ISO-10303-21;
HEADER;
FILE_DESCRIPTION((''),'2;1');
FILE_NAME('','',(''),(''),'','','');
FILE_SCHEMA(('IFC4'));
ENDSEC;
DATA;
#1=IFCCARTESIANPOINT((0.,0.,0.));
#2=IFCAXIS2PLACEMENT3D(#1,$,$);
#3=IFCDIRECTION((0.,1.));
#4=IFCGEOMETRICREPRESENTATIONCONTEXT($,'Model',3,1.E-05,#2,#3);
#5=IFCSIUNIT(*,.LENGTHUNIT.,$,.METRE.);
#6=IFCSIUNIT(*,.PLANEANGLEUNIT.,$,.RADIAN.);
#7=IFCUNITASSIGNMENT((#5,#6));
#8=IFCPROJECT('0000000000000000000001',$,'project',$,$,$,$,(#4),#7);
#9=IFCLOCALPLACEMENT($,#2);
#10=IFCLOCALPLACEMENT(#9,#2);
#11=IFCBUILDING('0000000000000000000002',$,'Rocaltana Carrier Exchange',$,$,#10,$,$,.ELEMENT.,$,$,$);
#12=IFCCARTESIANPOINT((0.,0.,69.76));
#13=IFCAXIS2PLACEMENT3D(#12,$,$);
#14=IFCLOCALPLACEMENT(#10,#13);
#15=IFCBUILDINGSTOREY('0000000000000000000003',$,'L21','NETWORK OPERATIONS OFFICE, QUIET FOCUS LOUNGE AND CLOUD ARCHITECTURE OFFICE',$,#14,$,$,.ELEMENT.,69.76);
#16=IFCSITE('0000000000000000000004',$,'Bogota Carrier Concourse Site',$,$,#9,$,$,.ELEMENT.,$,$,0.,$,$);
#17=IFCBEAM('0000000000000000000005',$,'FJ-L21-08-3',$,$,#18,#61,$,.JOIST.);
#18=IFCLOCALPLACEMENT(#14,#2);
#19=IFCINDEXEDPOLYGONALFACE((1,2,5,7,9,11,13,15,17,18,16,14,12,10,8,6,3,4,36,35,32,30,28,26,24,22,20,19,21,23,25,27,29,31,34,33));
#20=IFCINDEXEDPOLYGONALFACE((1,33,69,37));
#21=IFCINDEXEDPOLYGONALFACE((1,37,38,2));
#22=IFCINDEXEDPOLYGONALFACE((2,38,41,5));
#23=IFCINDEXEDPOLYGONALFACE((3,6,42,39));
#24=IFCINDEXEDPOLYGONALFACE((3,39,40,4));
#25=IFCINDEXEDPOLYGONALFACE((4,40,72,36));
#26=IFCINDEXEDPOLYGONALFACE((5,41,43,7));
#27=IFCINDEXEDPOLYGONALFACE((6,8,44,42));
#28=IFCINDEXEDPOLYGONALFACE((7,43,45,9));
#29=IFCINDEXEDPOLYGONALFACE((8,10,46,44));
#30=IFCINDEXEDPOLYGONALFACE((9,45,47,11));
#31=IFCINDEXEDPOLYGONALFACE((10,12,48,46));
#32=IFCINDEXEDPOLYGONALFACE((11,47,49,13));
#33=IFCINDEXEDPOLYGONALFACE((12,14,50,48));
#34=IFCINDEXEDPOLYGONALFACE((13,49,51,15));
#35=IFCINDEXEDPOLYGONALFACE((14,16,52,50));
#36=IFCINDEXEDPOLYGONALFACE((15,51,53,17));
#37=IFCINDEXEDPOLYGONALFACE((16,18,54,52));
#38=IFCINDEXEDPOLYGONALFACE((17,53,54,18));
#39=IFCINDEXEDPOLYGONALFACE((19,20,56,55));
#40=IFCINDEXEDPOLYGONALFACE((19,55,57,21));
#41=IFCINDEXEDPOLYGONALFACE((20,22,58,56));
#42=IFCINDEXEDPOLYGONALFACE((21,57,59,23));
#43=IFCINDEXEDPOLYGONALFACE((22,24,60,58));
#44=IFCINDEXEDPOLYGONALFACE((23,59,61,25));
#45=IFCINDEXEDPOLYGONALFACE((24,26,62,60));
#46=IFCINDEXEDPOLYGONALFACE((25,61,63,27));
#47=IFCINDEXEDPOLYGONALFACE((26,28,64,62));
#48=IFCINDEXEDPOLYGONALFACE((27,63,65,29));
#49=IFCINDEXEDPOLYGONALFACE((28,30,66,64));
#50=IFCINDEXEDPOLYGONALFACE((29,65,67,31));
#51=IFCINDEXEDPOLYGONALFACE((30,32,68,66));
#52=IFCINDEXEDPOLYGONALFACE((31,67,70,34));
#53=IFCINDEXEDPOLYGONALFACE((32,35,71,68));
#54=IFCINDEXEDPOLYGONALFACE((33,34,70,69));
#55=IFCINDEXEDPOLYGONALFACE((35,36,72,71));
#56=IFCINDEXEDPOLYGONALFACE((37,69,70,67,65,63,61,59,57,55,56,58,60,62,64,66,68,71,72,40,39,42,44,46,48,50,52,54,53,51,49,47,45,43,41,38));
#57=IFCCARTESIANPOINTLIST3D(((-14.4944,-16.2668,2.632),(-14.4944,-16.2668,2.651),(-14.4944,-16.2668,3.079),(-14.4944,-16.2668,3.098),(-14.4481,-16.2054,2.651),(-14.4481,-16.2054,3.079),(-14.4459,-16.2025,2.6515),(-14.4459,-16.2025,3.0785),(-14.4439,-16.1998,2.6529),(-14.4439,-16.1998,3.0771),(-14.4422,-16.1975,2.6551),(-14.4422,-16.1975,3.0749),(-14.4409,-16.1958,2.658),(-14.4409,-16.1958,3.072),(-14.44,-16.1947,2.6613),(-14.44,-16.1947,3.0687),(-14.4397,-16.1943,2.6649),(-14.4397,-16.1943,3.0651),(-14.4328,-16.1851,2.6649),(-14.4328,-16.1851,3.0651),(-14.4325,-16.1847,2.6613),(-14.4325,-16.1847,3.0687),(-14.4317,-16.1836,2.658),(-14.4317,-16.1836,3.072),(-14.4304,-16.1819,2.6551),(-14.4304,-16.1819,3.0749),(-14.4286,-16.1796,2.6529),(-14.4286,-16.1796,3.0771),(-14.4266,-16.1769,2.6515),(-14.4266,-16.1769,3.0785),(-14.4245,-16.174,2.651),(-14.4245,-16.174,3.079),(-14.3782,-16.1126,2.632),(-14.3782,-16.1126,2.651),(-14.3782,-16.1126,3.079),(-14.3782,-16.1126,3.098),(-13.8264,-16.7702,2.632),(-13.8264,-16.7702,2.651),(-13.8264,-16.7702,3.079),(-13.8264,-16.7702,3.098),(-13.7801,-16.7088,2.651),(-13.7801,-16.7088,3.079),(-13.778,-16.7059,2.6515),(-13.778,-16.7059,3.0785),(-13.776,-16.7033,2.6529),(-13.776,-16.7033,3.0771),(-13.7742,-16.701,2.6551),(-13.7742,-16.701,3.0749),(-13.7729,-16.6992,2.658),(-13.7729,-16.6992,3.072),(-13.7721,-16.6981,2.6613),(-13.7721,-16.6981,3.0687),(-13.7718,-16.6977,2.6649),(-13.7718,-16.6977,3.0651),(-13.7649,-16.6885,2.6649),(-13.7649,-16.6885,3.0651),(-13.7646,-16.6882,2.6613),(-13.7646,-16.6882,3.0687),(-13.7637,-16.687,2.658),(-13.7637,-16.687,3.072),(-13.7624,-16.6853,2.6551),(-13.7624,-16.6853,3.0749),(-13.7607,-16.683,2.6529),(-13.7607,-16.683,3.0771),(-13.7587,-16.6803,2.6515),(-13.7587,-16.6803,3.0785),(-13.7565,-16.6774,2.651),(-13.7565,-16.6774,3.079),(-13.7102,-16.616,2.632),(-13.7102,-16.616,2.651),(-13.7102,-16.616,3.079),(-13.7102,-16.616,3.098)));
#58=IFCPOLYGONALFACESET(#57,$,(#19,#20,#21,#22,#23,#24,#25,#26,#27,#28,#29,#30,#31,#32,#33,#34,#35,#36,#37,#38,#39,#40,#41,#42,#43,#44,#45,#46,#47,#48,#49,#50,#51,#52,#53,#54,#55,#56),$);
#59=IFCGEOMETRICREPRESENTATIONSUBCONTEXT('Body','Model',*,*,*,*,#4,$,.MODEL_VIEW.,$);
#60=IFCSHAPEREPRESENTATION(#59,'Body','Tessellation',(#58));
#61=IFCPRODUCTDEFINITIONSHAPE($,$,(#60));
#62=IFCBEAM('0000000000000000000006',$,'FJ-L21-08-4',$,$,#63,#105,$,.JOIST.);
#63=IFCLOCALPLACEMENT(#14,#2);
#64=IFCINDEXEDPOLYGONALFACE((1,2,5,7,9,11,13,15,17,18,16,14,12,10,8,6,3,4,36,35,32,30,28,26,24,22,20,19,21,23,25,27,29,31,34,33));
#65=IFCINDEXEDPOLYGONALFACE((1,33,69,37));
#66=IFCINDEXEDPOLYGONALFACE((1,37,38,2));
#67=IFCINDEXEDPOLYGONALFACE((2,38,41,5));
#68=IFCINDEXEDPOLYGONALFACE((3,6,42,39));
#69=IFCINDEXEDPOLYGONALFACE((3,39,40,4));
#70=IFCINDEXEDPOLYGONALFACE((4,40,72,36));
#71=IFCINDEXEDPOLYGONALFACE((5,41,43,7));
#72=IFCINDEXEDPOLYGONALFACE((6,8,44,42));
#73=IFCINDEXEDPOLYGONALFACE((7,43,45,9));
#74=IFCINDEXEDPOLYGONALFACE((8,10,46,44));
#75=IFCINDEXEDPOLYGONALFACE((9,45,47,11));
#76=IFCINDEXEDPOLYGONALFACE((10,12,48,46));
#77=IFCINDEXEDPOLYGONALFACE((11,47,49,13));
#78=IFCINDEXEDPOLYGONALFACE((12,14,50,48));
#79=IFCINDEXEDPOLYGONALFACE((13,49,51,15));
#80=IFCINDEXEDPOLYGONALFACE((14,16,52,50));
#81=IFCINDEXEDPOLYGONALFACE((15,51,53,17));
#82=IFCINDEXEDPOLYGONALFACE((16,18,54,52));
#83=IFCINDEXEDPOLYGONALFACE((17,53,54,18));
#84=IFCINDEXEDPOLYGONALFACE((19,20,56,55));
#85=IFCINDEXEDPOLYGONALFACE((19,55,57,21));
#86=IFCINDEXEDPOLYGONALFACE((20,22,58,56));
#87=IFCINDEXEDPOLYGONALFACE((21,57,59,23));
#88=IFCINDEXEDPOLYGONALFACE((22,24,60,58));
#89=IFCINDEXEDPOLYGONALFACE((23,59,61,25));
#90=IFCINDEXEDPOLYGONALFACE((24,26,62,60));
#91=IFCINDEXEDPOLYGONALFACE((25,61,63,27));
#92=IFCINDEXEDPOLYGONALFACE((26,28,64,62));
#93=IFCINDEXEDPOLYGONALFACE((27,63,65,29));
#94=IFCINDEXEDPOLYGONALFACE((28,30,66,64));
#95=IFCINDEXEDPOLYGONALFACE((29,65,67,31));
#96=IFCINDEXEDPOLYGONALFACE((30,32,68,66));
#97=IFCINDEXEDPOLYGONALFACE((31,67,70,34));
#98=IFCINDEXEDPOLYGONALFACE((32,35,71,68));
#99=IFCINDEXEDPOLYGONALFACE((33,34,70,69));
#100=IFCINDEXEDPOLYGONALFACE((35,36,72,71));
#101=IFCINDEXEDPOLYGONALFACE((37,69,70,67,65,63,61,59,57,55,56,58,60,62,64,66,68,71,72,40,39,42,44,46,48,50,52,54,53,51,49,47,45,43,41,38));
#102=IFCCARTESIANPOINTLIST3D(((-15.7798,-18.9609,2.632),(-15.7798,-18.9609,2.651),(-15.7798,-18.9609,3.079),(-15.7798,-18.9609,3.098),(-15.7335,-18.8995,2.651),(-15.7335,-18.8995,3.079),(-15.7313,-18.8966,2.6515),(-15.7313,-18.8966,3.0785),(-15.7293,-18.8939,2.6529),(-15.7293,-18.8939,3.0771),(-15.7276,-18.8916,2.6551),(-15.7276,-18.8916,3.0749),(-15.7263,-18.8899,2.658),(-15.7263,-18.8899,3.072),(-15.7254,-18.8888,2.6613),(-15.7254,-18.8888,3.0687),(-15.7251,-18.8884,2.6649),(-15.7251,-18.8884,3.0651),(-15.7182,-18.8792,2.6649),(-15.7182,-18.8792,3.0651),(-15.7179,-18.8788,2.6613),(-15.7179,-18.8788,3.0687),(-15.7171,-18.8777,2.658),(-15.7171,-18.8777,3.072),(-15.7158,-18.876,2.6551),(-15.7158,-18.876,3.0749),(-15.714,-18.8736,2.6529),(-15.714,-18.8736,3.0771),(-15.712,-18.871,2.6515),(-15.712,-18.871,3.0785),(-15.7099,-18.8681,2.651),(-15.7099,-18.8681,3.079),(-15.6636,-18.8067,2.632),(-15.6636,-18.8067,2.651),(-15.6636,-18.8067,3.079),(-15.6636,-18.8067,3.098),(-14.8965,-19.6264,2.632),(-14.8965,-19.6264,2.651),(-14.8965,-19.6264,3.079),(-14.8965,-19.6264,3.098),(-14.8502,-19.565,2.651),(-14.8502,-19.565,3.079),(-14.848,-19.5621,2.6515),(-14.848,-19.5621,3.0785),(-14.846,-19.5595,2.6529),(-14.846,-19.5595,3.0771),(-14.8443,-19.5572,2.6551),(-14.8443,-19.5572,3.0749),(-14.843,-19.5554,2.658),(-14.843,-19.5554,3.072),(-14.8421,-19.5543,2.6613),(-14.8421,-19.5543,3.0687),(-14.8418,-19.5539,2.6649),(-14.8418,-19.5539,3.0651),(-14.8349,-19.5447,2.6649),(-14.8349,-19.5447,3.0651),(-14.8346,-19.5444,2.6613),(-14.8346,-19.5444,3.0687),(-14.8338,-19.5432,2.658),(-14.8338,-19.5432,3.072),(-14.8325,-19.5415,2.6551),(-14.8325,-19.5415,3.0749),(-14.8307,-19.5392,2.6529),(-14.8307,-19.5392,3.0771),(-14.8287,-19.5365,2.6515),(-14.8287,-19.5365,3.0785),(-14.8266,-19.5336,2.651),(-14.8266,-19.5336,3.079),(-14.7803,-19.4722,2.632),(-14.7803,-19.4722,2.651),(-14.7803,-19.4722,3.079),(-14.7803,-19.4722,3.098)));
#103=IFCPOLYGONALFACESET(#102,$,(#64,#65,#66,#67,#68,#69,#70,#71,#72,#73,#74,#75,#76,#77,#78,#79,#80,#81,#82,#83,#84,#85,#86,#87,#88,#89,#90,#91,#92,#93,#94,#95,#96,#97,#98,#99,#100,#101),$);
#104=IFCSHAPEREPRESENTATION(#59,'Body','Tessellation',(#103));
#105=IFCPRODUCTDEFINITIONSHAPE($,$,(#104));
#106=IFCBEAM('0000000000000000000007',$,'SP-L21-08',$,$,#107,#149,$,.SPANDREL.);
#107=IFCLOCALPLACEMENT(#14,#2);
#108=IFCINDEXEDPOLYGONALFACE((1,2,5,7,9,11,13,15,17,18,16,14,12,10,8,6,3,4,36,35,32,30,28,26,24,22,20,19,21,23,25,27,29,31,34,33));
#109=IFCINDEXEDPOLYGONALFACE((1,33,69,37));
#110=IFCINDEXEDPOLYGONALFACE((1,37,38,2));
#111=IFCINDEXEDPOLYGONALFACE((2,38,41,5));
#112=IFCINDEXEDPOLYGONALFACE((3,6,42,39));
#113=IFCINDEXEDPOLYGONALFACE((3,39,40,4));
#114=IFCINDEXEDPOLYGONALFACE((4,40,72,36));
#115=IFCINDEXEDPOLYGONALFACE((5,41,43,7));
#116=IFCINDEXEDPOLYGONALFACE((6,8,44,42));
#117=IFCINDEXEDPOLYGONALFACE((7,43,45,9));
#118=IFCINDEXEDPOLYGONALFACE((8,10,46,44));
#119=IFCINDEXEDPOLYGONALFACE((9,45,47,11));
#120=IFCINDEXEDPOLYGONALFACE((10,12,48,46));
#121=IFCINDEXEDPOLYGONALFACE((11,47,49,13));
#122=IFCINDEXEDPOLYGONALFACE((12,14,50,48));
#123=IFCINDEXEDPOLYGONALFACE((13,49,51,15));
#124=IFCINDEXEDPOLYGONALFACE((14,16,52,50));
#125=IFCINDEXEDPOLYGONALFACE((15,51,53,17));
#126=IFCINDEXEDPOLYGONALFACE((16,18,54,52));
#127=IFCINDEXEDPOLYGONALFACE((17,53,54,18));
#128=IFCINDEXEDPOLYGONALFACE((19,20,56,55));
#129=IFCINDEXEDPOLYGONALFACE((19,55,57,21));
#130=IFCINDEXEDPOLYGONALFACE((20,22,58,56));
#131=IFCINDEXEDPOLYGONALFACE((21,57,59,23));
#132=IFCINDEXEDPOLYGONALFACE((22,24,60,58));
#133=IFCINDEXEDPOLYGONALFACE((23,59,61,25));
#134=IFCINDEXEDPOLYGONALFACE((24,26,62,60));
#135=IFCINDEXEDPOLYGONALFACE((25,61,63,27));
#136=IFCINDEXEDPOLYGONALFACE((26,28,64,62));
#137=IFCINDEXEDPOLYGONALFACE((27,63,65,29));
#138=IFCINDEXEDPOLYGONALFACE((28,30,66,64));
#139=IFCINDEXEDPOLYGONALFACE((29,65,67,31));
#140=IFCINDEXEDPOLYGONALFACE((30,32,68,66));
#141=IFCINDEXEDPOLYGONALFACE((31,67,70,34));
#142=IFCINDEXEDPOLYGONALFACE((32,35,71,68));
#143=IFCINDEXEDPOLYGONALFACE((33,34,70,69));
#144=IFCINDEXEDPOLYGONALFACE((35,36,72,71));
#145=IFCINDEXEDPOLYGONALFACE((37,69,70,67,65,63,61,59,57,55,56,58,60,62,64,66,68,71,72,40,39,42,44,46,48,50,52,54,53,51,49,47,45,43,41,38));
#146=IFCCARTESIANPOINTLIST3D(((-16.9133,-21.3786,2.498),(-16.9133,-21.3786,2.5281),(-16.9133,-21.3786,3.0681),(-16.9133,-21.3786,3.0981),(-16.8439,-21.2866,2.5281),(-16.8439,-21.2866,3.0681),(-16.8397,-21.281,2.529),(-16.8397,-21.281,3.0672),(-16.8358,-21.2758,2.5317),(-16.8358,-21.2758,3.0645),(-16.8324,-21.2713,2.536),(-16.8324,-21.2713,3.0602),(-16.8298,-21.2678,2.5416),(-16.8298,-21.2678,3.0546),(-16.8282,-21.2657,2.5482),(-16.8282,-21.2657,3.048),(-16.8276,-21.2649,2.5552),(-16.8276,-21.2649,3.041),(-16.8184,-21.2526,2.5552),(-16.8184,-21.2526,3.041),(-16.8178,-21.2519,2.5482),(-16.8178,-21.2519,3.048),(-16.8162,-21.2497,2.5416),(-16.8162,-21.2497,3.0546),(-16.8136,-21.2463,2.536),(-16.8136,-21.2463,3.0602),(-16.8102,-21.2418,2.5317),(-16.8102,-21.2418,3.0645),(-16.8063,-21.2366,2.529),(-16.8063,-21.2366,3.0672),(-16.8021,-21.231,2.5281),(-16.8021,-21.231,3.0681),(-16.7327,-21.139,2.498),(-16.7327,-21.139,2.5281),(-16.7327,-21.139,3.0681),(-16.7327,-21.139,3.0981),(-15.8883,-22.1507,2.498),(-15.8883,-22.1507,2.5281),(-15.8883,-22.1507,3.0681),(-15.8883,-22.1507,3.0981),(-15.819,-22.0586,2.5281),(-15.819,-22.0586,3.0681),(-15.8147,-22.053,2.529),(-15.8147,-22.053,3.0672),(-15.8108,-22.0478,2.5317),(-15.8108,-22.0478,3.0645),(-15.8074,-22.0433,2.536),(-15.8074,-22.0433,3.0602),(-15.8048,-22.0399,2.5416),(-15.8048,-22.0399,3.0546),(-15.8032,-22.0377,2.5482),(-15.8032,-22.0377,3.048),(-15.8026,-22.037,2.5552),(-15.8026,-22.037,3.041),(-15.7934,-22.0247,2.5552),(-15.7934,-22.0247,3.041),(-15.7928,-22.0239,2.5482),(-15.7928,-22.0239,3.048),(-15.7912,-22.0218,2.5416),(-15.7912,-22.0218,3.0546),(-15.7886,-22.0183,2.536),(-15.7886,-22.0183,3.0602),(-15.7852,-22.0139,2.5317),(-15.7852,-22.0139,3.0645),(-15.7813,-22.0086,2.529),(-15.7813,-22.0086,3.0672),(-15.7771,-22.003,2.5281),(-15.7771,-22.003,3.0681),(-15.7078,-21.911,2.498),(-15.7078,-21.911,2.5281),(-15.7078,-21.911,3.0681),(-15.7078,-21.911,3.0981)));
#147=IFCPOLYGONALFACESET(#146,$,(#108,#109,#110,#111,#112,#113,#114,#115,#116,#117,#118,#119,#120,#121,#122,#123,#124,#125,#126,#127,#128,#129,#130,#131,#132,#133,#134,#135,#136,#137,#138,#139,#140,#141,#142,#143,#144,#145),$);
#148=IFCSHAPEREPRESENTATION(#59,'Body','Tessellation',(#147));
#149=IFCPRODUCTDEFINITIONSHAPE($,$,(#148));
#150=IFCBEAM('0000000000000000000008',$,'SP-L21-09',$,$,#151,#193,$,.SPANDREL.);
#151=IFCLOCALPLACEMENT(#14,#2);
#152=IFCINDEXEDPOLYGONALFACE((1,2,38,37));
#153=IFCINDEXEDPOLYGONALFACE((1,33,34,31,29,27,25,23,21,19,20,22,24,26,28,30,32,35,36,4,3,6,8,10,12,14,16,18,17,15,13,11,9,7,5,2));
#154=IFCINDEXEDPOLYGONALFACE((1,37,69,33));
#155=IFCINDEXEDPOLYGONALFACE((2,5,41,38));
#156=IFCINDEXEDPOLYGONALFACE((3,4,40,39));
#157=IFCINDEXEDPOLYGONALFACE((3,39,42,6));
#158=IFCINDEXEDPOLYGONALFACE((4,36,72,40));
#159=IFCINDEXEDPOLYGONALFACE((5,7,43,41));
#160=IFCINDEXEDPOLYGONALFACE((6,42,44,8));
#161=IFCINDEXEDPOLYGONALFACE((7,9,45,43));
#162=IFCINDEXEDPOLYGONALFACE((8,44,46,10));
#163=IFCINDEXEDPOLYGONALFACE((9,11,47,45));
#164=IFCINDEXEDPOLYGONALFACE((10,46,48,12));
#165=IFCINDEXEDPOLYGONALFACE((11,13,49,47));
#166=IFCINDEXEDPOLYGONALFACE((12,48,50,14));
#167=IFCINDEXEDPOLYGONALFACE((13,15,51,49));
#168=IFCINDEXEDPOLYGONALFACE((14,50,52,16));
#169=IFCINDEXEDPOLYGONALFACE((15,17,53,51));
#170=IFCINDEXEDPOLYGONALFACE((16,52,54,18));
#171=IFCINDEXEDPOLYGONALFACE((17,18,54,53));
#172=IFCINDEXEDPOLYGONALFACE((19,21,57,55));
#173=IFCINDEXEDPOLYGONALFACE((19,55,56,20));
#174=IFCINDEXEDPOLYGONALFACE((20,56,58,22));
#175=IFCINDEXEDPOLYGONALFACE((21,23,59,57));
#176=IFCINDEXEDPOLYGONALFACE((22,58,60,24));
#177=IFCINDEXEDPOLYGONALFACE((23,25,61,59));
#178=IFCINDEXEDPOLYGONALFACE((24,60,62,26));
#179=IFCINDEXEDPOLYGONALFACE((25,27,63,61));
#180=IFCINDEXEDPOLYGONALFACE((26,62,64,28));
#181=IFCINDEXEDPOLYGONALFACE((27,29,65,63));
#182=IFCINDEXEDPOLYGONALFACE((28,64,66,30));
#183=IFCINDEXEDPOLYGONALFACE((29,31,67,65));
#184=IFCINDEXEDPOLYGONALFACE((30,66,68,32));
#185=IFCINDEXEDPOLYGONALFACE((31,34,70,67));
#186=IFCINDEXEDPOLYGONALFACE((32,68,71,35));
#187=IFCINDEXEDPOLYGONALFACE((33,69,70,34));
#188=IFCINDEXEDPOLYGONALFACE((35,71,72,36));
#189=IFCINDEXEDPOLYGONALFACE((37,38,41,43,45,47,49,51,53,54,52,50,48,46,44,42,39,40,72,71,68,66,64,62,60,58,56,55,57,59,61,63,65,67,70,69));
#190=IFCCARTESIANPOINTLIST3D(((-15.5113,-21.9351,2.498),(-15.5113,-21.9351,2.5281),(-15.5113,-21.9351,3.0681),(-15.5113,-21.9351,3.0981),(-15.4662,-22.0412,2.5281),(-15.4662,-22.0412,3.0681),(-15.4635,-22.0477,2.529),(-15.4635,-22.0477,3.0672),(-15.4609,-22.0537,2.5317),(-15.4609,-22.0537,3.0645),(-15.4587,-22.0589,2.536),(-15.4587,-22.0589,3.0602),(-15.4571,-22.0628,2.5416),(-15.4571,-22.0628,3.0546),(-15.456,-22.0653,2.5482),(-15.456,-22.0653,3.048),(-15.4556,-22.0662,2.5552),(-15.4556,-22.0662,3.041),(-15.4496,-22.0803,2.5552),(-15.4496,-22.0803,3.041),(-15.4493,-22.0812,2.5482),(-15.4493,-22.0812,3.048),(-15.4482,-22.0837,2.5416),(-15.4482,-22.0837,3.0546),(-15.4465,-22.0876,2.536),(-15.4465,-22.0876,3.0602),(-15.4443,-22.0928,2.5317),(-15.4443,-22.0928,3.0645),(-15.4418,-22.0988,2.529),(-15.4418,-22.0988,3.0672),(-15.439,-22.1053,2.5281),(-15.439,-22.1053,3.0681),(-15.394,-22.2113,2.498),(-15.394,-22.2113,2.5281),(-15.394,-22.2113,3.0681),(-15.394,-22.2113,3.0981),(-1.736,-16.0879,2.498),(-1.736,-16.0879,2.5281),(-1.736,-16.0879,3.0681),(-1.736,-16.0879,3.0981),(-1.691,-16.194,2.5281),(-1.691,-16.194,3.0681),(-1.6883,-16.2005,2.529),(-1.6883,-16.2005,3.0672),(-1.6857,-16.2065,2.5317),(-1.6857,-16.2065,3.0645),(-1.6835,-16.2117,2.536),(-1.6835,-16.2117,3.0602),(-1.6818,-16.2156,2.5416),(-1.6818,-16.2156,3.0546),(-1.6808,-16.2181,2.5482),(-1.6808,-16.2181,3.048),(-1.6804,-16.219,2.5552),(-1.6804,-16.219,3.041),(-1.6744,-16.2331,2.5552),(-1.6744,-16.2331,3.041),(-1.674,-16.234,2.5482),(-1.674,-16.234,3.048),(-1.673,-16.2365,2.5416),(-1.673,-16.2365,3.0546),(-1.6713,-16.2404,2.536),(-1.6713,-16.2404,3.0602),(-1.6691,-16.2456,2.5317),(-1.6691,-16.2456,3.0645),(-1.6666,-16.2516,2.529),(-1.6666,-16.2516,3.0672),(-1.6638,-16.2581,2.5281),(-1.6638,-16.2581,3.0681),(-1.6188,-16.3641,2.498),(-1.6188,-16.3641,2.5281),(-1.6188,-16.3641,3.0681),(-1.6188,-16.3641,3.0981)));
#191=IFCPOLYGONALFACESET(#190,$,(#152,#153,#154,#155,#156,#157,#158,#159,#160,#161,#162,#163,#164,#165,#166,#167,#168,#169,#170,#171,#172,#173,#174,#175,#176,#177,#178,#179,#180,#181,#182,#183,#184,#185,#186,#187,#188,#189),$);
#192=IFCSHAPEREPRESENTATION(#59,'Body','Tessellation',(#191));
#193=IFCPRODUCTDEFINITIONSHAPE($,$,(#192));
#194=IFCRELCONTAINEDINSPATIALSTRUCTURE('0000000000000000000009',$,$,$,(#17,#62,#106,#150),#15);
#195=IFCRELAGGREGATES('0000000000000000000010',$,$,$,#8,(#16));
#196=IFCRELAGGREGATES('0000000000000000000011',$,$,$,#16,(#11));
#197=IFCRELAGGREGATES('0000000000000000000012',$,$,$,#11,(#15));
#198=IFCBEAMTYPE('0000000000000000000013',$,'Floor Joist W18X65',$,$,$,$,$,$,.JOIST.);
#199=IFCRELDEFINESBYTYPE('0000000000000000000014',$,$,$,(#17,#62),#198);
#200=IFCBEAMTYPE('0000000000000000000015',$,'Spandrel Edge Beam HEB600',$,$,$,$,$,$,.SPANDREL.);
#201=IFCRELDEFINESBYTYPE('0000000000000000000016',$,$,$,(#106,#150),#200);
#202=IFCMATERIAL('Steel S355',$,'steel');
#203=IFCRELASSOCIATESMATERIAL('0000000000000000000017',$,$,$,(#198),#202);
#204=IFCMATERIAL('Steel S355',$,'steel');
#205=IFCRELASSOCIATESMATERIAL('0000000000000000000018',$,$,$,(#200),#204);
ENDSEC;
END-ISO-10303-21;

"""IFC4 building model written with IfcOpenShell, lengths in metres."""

from ifc_helpers import new_model, si_unit, direction, frame, origin, origin_2d, place, context, subcontext, project, spatial, i_section, extrude, material, material_profile, profile_set, type_object, element, save


model = new_model("IFC4")

# Units and contexts
model_context = context("Model", 3, precision=1e-05, world=origin(), true_north=direction((0.0, 1.0)))
body_context = subcontext(model_context, "Body", "Model", "MODEL_VIEW")
ifc_project = project(units=[si_unit("LENGTHUNIT", "METRE"), si_unit("PLANEANGLEUNIT", "RADIAN")], contexts=[model_context])

# Site, building, storey
site_placement = place(None, origin())
site = spatial("IfcSite", under=ifc_project, at=site_placement, Name="Bogota Carrier Concourse Site", CompositionType="ELEMENT", RefElevation=0.0)
building_placement = place(site_placement, origin())
building = spatial("IfcBuilding", under=site, at=building_placement, Name="Rocaltana Carrier Exchange", CompositionType="ELEMENT")
storey_placement = place(building_placement, frame((0.0, 0.0, 69.76)))
storey = spatial("IfcBuildingStorey", under=building, at=storey_placement, Name="L21", Description="NETWORK OPERATIONS OFFICE, QUIET FOCUS LOUNGE AND CLOUD ARCHITECTURE OFFICE", CompositionType="ELEMENT", Elevation=69.76)

# Beams
ifc_material_1 = material(Name="Steel S355", Category="steel")
ifc_material_profile_1 = material_profile(ifc_material_1, i_section(OverallWidth=0.1931, OverallDepth=0.4661, WebThickness=0.0115, FlangeThickness=0.019, FilletRadius=0.0139, at=origin_2d()), Name="W18X65")
ifc_profile_set_1 = profile_set([ifc_material_profile_1], Name="Steel S355")
beam_type_1 = type_object("IfcBeamType", Name="Floor Joist W18X65", PredefinedType="JOIST", material=ifc_profile_set_1)
beam_1_placement = place(storey_placement, frame((-14.4363, -16.1897, 2.865), z_axis=(0.798597, -0.601866, 0.0), x_axis=(0.601866, 0.798597, 0.0)))
element("IfcBeam", 1, at=beam_1_placement, inside=storey, type_object=beam_type_1, Name="FJ-L21-08-3", PredefinedType="JOIST", context=body_context, shape_type="SweptSolid", body=[
    extrude(i_section(OverallWidth=0.1931, OverallDepth=0.4661, WebThickness=0.0115, FlangeThickness=0.019, FilletRadius=0.0139, at=origin_2d()), origin(), (0.0, 0.0, 1.0), 0.8364),
])
beam_2_placement = place(storey_placement, frame((-15.7217, -18.8838, 2.865), z_axis=(0.798674, -0.601765, 0.0), x_axis=(0.601765, 0.798674, 0.0)))
element("IfcBeam", 2, at=beam_2_placement, inside=storey, type_object=beam_type_1, Name="FJ-L21-08-4", PredefinedType="JOIST", context=body_context, shape_type="SweptSolid", body=[
    extrude(i_section(OverallWidth=0.1931, OverallDepth=0.4661, WebThickness=0.0115, FlangeThickness=0.019, FilletRadius=0.0139, at=origin_2d()), origin(), (0.0, 0.0, 1.0), 1.106),
])
ifc_material_2 = material(Name="Steel S355", Category="steel")
ifc_material_profile_2 = material_profile(ifc_material_2, i_section(OverallWidth=0.3, OverallDepth=0.6001, WebThickness=0.0154, FlangeThickness=0.03, FilletRadius=0.0271, at=origin_2d()), Name="HEB600")
ifc_profile_set_2 = profile_set([ifc_material_profile_2], Name="Steel S355")
beam_type_2 = type_object("IfcBeamType", Name="Spandrel Edge Beam HEB600", PredefinedType="SPANDREL", material=ifc_profile_set_2)
beam_3_placement = place(storey_placement, frame((-16.823, -21.2588, 2.7981), z_axis=(0.798765, -0.601643, 0.0), x_axis=(0.601643, 0.798765, 0.0)))
element("IfcBeam", 3, at=beam_3_placement, inside=storey, type_object=beam_type_2, Name="SP-L21-08", PredefinedType="SPANDREL", context=body_context, shape_type="SweptSolid", body=[
    extrude(i_section(OverallWidth=0.3, OverallDepth=0.6001, WebThickness=0.0154, FlangeThickness=0.03, FilletRadius=0.0271, at=origin_2d()), origin(), (0.0, 0.0, 1.0), 1.2832),
])
beam_4_placement = place(storey_placement, frame((-15.4526, -22.0732, 2.7981), z_axis=(0.920506, 0.390729, 0.0), x_axis=(-0.390729, 0.920506, 0.0)))
element("IfcBeam", 4, at=beam_4_placement, inside=storey, type_object=beam_type_2, Name="SP-L21-09", PredefinedType="SPANDREL", context=body_context, shape_type="SweptSolid", body=[
    extrude(i_section(OverallWidth=0.3, OverallDepth=0.6001, WebThickness=0.0154, FlangeThickness=0.03, FilletRadius=0.0271, at=origin_2d()), origin(), (0.0, 0.0, 1.0), 14.9648),
])

save(model, "model.ifc")
